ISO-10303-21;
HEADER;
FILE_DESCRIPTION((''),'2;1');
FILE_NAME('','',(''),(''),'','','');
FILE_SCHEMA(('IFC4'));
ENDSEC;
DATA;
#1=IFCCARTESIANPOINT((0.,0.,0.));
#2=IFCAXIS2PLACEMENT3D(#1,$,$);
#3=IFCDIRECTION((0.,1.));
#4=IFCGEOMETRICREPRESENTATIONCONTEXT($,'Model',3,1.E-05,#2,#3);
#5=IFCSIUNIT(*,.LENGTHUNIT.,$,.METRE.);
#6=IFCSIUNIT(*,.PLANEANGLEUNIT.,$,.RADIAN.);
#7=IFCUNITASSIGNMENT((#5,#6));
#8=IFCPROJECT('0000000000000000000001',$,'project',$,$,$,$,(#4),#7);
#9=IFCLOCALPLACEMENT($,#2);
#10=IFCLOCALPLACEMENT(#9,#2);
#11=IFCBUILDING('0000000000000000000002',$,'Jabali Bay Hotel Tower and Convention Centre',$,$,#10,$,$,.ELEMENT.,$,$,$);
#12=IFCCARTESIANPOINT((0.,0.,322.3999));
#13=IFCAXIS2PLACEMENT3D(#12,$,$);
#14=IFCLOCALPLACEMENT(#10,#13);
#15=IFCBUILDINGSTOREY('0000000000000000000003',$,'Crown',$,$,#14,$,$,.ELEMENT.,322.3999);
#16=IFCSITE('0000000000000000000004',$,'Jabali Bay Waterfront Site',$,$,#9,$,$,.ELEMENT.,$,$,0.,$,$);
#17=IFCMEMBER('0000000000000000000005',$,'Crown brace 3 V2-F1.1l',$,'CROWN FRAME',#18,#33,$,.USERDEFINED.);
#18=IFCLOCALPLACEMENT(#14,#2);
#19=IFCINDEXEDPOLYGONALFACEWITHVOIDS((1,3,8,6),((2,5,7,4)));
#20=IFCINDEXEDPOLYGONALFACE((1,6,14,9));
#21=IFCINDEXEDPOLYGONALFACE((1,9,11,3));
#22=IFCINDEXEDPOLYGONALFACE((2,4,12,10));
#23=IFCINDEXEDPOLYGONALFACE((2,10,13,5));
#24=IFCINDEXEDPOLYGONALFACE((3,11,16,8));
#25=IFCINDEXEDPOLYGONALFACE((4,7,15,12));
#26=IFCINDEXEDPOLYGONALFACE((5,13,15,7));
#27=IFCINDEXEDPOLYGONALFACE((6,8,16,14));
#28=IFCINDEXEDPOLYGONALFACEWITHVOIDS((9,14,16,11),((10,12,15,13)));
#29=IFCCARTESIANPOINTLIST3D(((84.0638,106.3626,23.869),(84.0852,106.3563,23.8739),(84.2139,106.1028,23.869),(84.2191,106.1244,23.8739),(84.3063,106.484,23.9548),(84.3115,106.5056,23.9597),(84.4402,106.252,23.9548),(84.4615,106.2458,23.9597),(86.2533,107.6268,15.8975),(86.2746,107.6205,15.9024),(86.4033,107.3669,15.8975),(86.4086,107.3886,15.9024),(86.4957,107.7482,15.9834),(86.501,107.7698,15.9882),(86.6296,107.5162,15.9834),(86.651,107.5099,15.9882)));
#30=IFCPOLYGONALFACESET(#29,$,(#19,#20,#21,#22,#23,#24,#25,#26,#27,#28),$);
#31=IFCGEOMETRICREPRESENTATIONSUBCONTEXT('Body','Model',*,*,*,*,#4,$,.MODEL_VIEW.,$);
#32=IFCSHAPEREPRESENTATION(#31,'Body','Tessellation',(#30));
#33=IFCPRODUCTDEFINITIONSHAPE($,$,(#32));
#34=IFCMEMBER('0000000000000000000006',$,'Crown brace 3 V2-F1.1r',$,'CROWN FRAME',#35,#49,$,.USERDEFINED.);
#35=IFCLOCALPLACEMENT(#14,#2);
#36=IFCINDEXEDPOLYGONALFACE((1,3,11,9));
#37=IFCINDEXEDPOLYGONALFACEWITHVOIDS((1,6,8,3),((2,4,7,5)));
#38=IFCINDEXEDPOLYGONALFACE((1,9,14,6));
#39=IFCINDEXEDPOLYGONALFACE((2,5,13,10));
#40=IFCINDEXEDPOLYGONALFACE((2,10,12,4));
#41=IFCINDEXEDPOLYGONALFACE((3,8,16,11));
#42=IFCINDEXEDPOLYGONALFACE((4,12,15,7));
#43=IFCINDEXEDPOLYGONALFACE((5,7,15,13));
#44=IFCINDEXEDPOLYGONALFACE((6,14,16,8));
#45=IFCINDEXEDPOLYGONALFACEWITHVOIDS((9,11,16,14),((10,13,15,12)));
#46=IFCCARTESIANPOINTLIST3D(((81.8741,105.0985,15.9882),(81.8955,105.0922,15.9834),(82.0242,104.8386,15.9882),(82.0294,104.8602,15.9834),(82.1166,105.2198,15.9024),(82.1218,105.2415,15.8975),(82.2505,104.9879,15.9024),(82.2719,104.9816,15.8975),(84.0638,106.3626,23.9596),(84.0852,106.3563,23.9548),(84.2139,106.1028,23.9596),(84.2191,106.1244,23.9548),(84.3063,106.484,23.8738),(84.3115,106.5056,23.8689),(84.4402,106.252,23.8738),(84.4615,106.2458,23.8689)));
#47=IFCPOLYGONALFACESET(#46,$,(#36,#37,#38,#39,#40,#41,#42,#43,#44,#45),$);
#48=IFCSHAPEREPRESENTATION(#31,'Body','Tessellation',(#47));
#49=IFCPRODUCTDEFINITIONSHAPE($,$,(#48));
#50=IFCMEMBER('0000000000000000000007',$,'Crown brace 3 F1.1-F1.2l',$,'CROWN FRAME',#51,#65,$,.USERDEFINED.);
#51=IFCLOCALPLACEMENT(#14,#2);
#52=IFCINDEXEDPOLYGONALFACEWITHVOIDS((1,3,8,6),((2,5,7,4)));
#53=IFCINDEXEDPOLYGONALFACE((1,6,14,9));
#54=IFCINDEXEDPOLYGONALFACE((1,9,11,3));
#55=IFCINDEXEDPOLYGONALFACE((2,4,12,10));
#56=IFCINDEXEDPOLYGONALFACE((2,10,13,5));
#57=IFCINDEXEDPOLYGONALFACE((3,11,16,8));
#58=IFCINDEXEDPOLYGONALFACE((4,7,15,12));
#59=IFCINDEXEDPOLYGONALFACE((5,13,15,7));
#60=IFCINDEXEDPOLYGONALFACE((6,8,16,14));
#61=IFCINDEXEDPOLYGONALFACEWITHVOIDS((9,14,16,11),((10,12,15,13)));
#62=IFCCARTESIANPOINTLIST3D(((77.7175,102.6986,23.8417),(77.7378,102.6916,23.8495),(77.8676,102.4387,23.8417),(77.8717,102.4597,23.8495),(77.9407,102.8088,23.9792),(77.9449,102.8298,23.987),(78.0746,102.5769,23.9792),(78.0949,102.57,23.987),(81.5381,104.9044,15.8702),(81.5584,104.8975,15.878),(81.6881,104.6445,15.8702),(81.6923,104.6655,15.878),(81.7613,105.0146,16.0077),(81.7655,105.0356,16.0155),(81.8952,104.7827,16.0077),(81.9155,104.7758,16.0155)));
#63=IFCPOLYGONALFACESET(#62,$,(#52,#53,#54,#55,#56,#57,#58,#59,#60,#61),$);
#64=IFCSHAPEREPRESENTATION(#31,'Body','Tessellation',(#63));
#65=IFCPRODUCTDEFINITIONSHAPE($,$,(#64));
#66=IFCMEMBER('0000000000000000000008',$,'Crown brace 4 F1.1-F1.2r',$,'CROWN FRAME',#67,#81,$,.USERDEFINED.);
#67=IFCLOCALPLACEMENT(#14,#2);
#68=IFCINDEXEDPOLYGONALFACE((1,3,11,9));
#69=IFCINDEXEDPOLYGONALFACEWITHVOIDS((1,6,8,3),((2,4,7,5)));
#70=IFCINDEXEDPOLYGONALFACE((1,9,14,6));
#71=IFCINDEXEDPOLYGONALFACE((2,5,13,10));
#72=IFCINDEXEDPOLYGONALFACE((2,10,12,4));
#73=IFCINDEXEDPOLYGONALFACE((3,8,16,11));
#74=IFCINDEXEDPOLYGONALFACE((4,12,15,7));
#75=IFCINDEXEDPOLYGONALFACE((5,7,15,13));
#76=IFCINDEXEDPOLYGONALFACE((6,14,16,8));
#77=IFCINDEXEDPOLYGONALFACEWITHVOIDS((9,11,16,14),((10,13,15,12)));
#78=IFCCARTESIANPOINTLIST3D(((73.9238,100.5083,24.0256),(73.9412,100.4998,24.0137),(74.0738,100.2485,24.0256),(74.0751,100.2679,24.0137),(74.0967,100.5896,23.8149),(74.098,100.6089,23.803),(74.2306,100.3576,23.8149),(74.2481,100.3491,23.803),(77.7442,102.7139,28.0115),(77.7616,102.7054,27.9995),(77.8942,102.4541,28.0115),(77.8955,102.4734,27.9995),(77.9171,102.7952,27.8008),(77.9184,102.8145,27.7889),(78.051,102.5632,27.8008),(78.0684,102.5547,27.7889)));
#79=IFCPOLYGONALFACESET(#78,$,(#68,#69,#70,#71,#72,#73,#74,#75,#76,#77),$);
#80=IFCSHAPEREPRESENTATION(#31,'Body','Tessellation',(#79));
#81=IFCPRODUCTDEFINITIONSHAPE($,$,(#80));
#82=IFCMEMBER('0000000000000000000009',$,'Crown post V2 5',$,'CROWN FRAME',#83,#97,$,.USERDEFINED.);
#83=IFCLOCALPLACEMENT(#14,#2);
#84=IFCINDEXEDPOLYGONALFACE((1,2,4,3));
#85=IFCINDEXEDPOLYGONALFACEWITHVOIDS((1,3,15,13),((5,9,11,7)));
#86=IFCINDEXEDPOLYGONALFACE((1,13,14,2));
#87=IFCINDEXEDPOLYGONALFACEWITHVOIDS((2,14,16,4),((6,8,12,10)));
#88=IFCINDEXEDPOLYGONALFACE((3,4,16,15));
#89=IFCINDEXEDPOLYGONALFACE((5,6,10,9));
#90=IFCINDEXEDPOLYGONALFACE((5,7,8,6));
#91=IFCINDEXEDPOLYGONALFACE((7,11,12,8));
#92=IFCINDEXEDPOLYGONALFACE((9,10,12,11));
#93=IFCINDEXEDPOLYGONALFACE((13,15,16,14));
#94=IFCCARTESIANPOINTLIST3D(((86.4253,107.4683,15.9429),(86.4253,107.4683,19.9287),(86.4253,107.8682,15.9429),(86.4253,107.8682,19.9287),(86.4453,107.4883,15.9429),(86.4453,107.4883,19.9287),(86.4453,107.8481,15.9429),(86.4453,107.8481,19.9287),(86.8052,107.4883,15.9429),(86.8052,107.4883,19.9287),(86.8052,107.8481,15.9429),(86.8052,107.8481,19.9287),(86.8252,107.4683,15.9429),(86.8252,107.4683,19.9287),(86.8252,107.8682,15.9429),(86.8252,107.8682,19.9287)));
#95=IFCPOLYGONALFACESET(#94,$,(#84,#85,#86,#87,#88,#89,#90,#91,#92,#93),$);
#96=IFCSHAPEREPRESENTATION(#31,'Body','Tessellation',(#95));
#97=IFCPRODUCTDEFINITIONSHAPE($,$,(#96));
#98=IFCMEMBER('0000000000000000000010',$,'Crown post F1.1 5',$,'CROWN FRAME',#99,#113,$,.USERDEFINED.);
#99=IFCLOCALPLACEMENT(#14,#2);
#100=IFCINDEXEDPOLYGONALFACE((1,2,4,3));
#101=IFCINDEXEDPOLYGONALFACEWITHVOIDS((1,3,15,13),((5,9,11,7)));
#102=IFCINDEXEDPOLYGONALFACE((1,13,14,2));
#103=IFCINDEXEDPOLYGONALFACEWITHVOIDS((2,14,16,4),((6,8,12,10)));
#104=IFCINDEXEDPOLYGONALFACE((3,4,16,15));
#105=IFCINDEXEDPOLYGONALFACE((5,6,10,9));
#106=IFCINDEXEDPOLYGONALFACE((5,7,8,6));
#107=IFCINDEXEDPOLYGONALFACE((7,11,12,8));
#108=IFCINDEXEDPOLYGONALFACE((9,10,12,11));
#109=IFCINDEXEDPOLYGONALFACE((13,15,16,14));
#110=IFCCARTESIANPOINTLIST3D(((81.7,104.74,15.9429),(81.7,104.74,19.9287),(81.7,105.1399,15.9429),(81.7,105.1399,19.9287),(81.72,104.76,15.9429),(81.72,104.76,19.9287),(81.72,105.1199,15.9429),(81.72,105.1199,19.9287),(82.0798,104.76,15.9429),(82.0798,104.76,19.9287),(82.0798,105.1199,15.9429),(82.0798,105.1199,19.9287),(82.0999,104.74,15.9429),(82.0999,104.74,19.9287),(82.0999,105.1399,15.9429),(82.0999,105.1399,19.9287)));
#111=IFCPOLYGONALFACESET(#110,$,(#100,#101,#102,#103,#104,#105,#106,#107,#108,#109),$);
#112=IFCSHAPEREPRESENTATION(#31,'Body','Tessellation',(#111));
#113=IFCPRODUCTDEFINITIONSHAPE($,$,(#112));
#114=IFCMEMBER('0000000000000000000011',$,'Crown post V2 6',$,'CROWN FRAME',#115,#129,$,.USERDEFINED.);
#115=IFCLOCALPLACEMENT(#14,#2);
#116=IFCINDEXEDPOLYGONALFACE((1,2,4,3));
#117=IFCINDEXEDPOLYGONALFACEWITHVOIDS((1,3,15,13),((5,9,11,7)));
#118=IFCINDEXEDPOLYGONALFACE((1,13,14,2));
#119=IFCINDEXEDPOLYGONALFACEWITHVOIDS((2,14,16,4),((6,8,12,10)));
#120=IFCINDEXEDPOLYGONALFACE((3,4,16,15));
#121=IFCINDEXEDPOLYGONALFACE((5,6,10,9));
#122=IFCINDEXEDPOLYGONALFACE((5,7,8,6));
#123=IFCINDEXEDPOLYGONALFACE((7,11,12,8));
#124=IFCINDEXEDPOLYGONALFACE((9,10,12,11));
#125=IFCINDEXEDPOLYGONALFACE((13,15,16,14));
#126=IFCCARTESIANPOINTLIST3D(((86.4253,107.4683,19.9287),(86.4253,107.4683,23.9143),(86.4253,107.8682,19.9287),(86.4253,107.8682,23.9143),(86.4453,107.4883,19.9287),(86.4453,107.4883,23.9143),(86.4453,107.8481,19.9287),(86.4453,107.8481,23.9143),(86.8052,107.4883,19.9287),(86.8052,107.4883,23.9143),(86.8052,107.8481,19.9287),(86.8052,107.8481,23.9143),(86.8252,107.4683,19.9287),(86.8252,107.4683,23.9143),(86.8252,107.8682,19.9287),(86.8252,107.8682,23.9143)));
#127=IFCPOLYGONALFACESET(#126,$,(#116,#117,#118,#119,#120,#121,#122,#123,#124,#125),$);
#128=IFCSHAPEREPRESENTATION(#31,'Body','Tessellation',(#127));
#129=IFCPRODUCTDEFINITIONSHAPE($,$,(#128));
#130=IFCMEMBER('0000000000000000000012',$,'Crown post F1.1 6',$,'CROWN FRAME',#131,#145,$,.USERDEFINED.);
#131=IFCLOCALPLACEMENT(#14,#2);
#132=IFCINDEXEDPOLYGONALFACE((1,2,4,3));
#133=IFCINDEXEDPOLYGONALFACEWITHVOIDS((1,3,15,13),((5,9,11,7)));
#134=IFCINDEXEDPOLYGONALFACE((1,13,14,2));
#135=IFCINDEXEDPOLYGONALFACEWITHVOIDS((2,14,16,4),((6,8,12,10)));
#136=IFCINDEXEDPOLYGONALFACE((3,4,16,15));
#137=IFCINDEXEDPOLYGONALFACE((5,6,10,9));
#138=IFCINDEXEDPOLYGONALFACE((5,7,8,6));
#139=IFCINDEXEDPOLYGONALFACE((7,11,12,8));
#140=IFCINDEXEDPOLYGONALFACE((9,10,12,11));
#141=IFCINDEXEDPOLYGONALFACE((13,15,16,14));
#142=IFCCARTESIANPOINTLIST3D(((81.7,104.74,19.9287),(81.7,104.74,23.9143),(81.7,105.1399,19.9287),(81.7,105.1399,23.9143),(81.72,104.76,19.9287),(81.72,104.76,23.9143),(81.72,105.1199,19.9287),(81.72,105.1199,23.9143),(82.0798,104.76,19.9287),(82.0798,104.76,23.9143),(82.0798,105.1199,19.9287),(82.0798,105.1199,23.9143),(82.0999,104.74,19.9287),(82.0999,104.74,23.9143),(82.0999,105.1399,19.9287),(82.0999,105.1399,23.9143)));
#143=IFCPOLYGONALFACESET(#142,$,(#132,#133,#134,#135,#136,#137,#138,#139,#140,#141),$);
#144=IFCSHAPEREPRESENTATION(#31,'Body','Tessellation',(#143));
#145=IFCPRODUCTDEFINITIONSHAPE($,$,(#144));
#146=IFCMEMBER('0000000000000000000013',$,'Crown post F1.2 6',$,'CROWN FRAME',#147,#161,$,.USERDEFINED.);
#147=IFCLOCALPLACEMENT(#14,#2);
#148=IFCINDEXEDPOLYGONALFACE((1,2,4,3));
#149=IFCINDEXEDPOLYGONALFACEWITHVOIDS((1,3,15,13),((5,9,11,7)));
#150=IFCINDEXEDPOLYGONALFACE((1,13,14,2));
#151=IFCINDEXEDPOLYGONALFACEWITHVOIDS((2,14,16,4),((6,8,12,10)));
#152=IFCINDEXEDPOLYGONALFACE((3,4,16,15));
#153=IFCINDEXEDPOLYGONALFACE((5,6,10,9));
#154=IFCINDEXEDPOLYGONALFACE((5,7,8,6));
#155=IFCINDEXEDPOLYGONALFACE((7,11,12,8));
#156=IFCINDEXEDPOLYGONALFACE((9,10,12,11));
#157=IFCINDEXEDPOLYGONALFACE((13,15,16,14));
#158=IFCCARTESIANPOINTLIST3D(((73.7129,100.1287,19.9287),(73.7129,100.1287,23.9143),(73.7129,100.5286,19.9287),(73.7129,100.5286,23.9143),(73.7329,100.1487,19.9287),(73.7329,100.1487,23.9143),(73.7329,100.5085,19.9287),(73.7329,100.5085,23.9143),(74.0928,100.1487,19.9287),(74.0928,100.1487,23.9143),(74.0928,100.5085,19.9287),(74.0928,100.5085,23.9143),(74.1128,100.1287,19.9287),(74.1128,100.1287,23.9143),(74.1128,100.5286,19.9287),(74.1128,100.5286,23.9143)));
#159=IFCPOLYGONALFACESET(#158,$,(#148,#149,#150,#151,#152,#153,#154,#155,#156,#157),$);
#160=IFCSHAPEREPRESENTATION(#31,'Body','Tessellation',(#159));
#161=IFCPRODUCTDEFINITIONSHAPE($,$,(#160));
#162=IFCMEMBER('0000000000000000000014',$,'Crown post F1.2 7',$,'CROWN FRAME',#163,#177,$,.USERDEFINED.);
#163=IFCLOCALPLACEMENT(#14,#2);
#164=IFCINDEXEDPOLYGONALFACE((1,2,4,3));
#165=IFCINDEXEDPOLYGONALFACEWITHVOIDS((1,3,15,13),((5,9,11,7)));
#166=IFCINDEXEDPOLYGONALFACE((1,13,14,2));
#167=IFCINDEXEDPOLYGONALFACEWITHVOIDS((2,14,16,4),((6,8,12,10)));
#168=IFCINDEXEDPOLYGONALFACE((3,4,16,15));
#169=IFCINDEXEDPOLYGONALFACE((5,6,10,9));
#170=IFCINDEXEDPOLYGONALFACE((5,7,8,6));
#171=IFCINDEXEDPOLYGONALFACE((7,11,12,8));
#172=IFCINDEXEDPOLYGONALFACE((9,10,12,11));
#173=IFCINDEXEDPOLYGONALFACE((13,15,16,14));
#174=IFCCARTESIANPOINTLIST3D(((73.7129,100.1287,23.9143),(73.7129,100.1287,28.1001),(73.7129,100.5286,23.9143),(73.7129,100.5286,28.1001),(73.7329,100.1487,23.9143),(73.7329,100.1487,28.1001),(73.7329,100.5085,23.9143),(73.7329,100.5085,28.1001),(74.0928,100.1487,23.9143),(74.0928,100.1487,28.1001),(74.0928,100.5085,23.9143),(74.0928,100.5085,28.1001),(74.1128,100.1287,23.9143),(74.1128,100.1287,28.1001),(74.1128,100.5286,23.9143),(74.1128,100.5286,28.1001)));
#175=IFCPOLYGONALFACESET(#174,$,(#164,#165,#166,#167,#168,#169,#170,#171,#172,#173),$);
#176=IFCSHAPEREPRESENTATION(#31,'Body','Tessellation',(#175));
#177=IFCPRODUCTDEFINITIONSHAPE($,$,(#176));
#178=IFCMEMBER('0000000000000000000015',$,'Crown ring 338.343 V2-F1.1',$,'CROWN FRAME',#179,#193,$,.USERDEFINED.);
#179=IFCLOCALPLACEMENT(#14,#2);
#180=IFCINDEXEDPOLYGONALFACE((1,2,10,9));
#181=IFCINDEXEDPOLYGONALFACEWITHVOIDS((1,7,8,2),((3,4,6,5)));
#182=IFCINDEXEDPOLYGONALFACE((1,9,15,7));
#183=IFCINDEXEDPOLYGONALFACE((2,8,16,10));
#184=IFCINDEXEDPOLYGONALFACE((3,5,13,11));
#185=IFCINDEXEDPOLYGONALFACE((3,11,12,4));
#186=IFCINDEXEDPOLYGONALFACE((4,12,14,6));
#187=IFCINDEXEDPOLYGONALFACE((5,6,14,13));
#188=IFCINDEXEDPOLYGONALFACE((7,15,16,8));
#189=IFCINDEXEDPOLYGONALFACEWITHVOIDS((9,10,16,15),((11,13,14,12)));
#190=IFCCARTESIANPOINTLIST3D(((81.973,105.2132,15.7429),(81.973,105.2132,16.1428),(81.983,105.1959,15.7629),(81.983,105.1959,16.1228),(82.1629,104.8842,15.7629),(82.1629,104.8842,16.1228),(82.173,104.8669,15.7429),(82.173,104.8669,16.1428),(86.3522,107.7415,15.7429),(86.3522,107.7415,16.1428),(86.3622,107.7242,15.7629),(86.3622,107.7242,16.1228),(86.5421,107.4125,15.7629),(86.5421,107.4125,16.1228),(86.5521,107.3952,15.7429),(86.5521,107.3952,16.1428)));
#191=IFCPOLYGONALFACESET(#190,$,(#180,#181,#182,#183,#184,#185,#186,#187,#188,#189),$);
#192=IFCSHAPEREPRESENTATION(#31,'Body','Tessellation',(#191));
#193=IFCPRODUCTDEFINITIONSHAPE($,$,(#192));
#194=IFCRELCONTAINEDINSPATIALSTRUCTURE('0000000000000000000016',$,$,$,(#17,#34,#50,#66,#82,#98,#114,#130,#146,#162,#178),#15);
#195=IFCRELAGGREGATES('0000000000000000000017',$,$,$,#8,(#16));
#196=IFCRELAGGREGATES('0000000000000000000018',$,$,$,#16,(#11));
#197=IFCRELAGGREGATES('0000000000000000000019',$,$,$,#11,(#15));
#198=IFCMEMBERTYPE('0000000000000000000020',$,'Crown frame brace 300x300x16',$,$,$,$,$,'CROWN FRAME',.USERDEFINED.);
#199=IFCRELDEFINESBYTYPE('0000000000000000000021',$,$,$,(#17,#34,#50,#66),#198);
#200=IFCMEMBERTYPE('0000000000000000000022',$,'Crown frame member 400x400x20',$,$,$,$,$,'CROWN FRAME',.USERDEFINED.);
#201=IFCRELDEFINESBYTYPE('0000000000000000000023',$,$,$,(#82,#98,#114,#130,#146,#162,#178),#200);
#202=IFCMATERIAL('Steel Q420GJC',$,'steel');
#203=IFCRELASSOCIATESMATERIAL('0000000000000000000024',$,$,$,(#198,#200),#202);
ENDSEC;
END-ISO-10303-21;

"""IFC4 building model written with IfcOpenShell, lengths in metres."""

from ifc_helpers import new_model, si_unit, direction, frame, origin, origin_2d, place, context, subcontext, project, spatial, hollow_rectangle, extrude, material, material_profile, profile_set, type_object, element, save


model = new_model("IFC4")

# Units and contexts
model_context = context("Model", 3, precision=1e-05, world=origin(), true_north=direction((0.0, 1.0)))
body_context = subcontext(model_context, "Body", "Model", "MODEL_VIEW")
ifc_project = project(units=[si_unit("LENGTHUNIT", "METRE"), si_unit("PLANEANGLEUNIT", "RADIAN")], contexts=[model_context])

# Site, building, storey
site_placement = place(None, origin())
site = spatial("IfcSite", under=ifc_project, at=site_placement, Name="Jabali Bay Waterfront Site", CompositionType="ELEMENT", RefElevation=0.0)
building_placement = place(site_placement, origin())
building = spatial("IfcBuilding", under=site, at=building_placement, Name="Jabali Bay Hotel Tower and Convention Centre", CompositionType="ELEMENT")
storey_placement = place(building_placement, frame((0.0, 0.0, 322.3999)))
storey = spatial("IfcBuildingStorey", under=building, at=storey_placement, Name="Crown", CompositionType="ELEMENT", Elevation=322.3999)

# Members
ifc_material_1 = material(Name="Steel Q420GJC", Category="steel")
ifc_material_profile_1 = material_profile(ifc_material_1, hollow_rectangle(XDim=0.3, YDim=0.3, WallThickness=0.0161, at=origin_2d()), Name="Crown frame brace 300x300x16")
ifc_profile_set_1 = profile_set([ifc_material_profile_1], Name="Steel Q420GJC")
member_type_1 = type_object("IfcMemberType", Name="Crown frame brace 300x300x16", ElementType="CROWN FRAME", PredefinedType="USERDEFINED", material=ifc_profile_set_1)
for number, where, z_axis, x_axis, name in (
    (1, (86.4521, 107.5684, 15.9429), (-0.26181, -0.151166, 0.953207), (0.500023, -0.866012, 0.0), "Crown brace 3 V2-F1.1l"),
    (2, (82.073, 105.04, 15.9429), (0.261837, 0.151164, 0.9532), (-0.499982, 0.866036, 0.0), "Crown brace 3 V2-F1.1r"),
):
    element("IfcMember", number, at=place(storey_placement, frame(where, z_axis=z_axis, x_axis=x_axis)), inside=storey, type_object=member_type_1, Name=name, ObjectType="CROWN FRAME", PredefinedType="USERDEFINED", context=body_context, shape_type="SweptSolid", body=[
        extrude(hollow_rectangle(XDim=0.3, YDim=0.3, WallThickness=0.0161, at=origin_2d()), origin(), (0.0, 0.0, 1.0), 8.3628),
    ])
member_1_placement = place(storey_placement, frame((81.7268, 104.8401, 15.9429), z_axis=(-0.419345, -0.24211, 0.874947), x_axis=(0.500002, -0.866024, 0.0)))
element("IfcMember", 3, at=member_1_placement, inside=storey, type_object=member_type_1, Name="Crown brace 3 F1.1-F1.2l", ObjectType="CROWN FRAME", PredefinedType="USERDEFINED", context=body_context, shape_type="SweptSolid", body=[
    extrude(hollow_rectangle(XDim=0.3, YDim=0.3, WallThickness=0.0161, at=origin_2d()), origin(), (0.0, 0.0, 1.0), 9.1108),
])
member_2_placement = place(storey_placement, frame((74.0859, 100.4287, 23.9143), z_axis=(0.64258, 0.370978, 0.670422), x_axis=(-0.499984, 0.866034, 0.0)))
element("IfcMember", 4, at=member_2_placement, inside=storey, type_object=member_type_1, Name="Crown brace 4 F1.1-F1.2r", ObjectType="CROWN FRAME", PredefinedType="USERDEFINED", context=body_context, shape_type="SweptSolid", body=[
    extrude(hollow_rectangle(XDim=0.3, YDim=0.3, WallThickness=0.0161, at=origin_2d()), origin(), (0.0, 0.0, 1.0), 5.9453),
])
ifc_material_profile_2 = material_profile(ifc_material_1, hollow_rectangle(XDim=0.3999, YDim=0.3999, WallThickness=0.02, at=origin_2d()), Name="Crown frame member 400x400x20")
ifc_profile_set_2 = profile_set([ifc_material_profile_2], Name="Steel Q420GJC")
member_type_2 = type_object("IfcMemberType", Name="Crown frame member 400x400x20", ElementType="CROWN FRAME", PredefinedType="USERDEFINED", material=ifc_profile_set_2)
for number, where, z_axis, x_axis, name in (
    (5, (86.6252, 107.6682, 15.9429), (0.0, 0.0, 1.0), (1.0, 0.0, 0.0), "Crown post V2 5"),
    (6, (81.8999, 104.9399, 15.9429), (0.0, 0.0, 1.0), (1.0, 0.0, 0.0), "Crown post F1.1 5"),
):
    element("IfcMember", number, at=place(storey_placement, frame(where, z_axis=z_axis, x_axis=x_axis)), inside=storey, type_object=member_type_2, Name=name, ObjectType="CROWN FRAME", PredefinedType="USERDEFINED", context=body_context, shape_type="SweptSolid", body=[
        extrude(hollow_rectangle(XDim=0.3999, YDim=0.3999, WallThickness=0.02, at=origin_2d()), origin(), (0.0, 0.0, 1.0), 3.9858),
    ])
for number, where, z_axis, x_axis, name in (
    (7, (86.6252, 107.6682, 19.9287), (0.0, 0.0, 1.0), (1.0, 0.0, 0.0), "Crown post V2 6"),
    (8, (81.8999, 104.9399, 19.9287), (0.0, 0.0, 1.0), (1.0, 0.0, 0.0), "Crown post F1.1 6"),
    (9, (73.9128, 100.3286, 19.9287), (0.0, 0.0, 1.0), (1.0, 0.0, 0.0), "Crown post F1.2 6"),
):
    element("IfcMember", number, at=place(storey_placement, frame(where, z_axis=z_axis, x_axis=x_axis)), inside=storey, type_object=member_type_2, Name=name, ObjectType="CROWN FRAME", PredefinedType="USERDEFINED", context=body_context, shape_type="SweptSolid", body=[
        extrude(hollow_rectangle(XDim=0.3999, YDim=0.3999, WallThickness=0.02, at=origin_2d()), origin(), (0.0, 0.0, 1.0), 3.9856),
    ])
member_3_placement = place(storey_placement, frame((73.9128, 100.3286, 23.9143), z_axis=(0.0, 0.0, 1.0), x_axis=(1.0, 0.0, 0.0)))
element("IfcMember", 10, at=member_3_placement, inside=storey, type_object=member_type_2, Name="Crown post F1.2 7", ObjectType="CROWN FRAME", PredefinedType="USERDEFINED", context=body_context, shape_type="SweptSolid", body=[
    extrude(hollow_rectangle(XDim=0.3999, YDim=0.3999, WallThickness=0.02, at=origin_2d()), origin(), (0.0, 0.0, 1.0), 4.1858),
])
member_4_placement = place(storey_placement, frame((86.4521, 107.5684, 15.9429), z_axis=(-0.866024, -0.500002, 0.0), x_axis=(0.500002, -0.866024, 0.0)))
element("IfcMember", 11, at=member_4_placement, inside=storey, type_object=member_type_2, Name="Crown ring 338.343 V2-F1.1", ObjectType="CROWN FRAME", PredefinedType="USERDEFINED", context=body_context, shape_type="SweptSolid", body=[
    extrude(hollow_rectangle(XDim=0.3999, YDim=0.3999, WallThickness=0.02, at=origin_2d()), origin(), (0.0, 0.0, 1.0), 5.0566),
])

save(model, "model.ifc")
